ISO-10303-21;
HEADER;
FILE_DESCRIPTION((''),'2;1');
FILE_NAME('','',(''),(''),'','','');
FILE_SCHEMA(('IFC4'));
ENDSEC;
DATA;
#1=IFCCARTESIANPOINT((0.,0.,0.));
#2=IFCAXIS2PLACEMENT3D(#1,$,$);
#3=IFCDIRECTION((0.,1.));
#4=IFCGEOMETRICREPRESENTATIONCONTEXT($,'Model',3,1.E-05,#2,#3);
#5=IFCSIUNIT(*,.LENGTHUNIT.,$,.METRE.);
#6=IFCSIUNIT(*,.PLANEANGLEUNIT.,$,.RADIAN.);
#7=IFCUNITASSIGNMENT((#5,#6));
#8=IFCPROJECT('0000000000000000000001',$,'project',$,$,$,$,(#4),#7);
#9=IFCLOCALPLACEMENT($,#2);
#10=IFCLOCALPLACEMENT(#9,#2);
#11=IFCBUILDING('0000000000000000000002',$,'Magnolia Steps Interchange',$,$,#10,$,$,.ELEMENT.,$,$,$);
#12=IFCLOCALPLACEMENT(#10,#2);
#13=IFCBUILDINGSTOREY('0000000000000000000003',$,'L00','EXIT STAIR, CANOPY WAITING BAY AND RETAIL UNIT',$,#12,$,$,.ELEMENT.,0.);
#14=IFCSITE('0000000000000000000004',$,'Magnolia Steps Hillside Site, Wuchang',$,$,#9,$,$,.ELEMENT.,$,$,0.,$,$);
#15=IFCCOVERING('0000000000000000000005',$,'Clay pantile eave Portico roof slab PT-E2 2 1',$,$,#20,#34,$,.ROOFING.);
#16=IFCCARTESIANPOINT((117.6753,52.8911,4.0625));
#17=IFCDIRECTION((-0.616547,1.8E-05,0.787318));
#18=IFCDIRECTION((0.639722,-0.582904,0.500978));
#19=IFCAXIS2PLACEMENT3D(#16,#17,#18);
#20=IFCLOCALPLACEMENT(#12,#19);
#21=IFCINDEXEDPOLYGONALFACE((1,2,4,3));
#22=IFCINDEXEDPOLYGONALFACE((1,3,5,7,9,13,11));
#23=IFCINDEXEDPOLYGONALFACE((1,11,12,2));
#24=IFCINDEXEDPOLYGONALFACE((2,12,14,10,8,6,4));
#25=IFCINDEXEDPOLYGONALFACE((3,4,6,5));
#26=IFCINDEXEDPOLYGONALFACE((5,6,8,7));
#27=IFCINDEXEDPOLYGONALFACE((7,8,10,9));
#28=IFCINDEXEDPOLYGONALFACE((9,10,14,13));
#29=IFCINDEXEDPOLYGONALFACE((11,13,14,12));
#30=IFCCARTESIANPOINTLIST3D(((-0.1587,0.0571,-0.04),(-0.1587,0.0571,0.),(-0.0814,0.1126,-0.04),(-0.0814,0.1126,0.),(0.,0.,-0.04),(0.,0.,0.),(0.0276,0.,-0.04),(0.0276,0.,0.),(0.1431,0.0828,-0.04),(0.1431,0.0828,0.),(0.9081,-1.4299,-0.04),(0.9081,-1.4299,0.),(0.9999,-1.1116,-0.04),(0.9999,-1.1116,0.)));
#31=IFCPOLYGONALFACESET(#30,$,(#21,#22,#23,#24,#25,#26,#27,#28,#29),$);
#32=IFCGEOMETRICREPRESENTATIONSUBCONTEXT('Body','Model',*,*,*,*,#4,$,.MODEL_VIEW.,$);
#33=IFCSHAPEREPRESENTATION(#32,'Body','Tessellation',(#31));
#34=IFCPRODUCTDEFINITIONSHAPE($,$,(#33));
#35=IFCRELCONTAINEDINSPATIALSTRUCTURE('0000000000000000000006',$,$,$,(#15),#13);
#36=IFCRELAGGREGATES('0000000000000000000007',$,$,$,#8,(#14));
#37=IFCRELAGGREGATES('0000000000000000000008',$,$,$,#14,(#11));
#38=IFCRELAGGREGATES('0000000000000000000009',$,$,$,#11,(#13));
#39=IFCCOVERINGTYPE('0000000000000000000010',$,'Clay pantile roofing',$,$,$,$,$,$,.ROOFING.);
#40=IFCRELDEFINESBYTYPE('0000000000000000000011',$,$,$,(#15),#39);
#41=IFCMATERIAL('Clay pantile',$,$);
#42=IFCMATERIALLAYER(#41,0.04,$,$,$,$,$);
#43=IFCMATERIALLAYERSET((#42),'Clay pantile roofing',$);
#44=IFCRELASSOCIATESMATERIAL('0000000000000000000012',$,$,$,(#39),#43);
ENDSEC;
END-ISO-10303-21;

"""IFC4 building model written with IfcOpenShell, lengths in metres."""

from ifc_helpers import new_model, si_unit, direction, frame, origin, place, context, subcontext, project, spatial, polyline, outline, extrude, material, layer, layer_set, type_object, element, save


model = new_model("IFC4")

# Units and contexts
model_context = context("Model", 3, precision=1e-05, world=origin(), true_north=direction((0.0, 1.0)))
body_context = subcontext(model_context, "Body", "Model", "MODEL_VIEW")
ifc_project = project(units=[si_unit("LENGTHUNIT", "METRE"), si_unit("PLANEANGLEUNIT", "RADIAN")], contexts=[model_context])

# Site, building, storey
site_placement = place(None, origin())
site = spatial("IfcSite", under=ifc_project, at=site_placement, Name="Magnolia Steps Hillside Site, Wuchang", CompositionType="ELEMENT", RefElevation=0.0)
building_placement = place(site_placement, origin())
building = spatial("IfcBuilding", under=site, at=building_placement, Name="Magnolia Steps Interchange", CompositionType="ELEMENT")
storey_placement = place(building_placement, origin())
storey = spatial("IfcBuildingStorey", under=building, at=storey_placement, Name="L00", Description="EXIT STAIR, CANOPY WAITING BAY AND RETAIL UNIT", CompositionType="ELEMENT", Elevation=0.0)

# Covering
ifc_material_1 = material(Name="Clay pantile")
ifc_layer_1 = layer(ifc_material_1, 0.04)
ifc_layer_set_1 = layer_set([ifc_layer_1], Name="Clay pantile roofing")
covering_type_1 = type_object("IfcCoveringType", Name="Clay pantile roofing", PredefinedType="ROOFING", material=ifc_layer_set_1)
covering_1_placement = place(storey_placement, frame((117.6753, 52.8911, 4.0625), z_axis=(-0.616547, 0.000018, 0.787318), x_axis=(0.639722, -0.582904, 0.500978)))
element("IfcCovering", 1, at=covering_1_placement, inside=storey, type_object=covering_type_1, Name="Clay pantile eave Portico roof slab PT-E2 2 1", PredefinedType="ROOFING", context=body_context, shape_type="SweptSolid", body=[
    extrude(outline(polyline([(0.0, 0.0), (0.0276, 0.0), (0.1431, 0.0828), (0.9999, -1.1116), (0.9081, -1.4299), (-0.1587, 0.0571), (-0.0814, 0.1126), (0.0, 0.0)])), origin(), (0.0, 0.0, -1.0), 0.04),
])

save(model, "model.ifc")
